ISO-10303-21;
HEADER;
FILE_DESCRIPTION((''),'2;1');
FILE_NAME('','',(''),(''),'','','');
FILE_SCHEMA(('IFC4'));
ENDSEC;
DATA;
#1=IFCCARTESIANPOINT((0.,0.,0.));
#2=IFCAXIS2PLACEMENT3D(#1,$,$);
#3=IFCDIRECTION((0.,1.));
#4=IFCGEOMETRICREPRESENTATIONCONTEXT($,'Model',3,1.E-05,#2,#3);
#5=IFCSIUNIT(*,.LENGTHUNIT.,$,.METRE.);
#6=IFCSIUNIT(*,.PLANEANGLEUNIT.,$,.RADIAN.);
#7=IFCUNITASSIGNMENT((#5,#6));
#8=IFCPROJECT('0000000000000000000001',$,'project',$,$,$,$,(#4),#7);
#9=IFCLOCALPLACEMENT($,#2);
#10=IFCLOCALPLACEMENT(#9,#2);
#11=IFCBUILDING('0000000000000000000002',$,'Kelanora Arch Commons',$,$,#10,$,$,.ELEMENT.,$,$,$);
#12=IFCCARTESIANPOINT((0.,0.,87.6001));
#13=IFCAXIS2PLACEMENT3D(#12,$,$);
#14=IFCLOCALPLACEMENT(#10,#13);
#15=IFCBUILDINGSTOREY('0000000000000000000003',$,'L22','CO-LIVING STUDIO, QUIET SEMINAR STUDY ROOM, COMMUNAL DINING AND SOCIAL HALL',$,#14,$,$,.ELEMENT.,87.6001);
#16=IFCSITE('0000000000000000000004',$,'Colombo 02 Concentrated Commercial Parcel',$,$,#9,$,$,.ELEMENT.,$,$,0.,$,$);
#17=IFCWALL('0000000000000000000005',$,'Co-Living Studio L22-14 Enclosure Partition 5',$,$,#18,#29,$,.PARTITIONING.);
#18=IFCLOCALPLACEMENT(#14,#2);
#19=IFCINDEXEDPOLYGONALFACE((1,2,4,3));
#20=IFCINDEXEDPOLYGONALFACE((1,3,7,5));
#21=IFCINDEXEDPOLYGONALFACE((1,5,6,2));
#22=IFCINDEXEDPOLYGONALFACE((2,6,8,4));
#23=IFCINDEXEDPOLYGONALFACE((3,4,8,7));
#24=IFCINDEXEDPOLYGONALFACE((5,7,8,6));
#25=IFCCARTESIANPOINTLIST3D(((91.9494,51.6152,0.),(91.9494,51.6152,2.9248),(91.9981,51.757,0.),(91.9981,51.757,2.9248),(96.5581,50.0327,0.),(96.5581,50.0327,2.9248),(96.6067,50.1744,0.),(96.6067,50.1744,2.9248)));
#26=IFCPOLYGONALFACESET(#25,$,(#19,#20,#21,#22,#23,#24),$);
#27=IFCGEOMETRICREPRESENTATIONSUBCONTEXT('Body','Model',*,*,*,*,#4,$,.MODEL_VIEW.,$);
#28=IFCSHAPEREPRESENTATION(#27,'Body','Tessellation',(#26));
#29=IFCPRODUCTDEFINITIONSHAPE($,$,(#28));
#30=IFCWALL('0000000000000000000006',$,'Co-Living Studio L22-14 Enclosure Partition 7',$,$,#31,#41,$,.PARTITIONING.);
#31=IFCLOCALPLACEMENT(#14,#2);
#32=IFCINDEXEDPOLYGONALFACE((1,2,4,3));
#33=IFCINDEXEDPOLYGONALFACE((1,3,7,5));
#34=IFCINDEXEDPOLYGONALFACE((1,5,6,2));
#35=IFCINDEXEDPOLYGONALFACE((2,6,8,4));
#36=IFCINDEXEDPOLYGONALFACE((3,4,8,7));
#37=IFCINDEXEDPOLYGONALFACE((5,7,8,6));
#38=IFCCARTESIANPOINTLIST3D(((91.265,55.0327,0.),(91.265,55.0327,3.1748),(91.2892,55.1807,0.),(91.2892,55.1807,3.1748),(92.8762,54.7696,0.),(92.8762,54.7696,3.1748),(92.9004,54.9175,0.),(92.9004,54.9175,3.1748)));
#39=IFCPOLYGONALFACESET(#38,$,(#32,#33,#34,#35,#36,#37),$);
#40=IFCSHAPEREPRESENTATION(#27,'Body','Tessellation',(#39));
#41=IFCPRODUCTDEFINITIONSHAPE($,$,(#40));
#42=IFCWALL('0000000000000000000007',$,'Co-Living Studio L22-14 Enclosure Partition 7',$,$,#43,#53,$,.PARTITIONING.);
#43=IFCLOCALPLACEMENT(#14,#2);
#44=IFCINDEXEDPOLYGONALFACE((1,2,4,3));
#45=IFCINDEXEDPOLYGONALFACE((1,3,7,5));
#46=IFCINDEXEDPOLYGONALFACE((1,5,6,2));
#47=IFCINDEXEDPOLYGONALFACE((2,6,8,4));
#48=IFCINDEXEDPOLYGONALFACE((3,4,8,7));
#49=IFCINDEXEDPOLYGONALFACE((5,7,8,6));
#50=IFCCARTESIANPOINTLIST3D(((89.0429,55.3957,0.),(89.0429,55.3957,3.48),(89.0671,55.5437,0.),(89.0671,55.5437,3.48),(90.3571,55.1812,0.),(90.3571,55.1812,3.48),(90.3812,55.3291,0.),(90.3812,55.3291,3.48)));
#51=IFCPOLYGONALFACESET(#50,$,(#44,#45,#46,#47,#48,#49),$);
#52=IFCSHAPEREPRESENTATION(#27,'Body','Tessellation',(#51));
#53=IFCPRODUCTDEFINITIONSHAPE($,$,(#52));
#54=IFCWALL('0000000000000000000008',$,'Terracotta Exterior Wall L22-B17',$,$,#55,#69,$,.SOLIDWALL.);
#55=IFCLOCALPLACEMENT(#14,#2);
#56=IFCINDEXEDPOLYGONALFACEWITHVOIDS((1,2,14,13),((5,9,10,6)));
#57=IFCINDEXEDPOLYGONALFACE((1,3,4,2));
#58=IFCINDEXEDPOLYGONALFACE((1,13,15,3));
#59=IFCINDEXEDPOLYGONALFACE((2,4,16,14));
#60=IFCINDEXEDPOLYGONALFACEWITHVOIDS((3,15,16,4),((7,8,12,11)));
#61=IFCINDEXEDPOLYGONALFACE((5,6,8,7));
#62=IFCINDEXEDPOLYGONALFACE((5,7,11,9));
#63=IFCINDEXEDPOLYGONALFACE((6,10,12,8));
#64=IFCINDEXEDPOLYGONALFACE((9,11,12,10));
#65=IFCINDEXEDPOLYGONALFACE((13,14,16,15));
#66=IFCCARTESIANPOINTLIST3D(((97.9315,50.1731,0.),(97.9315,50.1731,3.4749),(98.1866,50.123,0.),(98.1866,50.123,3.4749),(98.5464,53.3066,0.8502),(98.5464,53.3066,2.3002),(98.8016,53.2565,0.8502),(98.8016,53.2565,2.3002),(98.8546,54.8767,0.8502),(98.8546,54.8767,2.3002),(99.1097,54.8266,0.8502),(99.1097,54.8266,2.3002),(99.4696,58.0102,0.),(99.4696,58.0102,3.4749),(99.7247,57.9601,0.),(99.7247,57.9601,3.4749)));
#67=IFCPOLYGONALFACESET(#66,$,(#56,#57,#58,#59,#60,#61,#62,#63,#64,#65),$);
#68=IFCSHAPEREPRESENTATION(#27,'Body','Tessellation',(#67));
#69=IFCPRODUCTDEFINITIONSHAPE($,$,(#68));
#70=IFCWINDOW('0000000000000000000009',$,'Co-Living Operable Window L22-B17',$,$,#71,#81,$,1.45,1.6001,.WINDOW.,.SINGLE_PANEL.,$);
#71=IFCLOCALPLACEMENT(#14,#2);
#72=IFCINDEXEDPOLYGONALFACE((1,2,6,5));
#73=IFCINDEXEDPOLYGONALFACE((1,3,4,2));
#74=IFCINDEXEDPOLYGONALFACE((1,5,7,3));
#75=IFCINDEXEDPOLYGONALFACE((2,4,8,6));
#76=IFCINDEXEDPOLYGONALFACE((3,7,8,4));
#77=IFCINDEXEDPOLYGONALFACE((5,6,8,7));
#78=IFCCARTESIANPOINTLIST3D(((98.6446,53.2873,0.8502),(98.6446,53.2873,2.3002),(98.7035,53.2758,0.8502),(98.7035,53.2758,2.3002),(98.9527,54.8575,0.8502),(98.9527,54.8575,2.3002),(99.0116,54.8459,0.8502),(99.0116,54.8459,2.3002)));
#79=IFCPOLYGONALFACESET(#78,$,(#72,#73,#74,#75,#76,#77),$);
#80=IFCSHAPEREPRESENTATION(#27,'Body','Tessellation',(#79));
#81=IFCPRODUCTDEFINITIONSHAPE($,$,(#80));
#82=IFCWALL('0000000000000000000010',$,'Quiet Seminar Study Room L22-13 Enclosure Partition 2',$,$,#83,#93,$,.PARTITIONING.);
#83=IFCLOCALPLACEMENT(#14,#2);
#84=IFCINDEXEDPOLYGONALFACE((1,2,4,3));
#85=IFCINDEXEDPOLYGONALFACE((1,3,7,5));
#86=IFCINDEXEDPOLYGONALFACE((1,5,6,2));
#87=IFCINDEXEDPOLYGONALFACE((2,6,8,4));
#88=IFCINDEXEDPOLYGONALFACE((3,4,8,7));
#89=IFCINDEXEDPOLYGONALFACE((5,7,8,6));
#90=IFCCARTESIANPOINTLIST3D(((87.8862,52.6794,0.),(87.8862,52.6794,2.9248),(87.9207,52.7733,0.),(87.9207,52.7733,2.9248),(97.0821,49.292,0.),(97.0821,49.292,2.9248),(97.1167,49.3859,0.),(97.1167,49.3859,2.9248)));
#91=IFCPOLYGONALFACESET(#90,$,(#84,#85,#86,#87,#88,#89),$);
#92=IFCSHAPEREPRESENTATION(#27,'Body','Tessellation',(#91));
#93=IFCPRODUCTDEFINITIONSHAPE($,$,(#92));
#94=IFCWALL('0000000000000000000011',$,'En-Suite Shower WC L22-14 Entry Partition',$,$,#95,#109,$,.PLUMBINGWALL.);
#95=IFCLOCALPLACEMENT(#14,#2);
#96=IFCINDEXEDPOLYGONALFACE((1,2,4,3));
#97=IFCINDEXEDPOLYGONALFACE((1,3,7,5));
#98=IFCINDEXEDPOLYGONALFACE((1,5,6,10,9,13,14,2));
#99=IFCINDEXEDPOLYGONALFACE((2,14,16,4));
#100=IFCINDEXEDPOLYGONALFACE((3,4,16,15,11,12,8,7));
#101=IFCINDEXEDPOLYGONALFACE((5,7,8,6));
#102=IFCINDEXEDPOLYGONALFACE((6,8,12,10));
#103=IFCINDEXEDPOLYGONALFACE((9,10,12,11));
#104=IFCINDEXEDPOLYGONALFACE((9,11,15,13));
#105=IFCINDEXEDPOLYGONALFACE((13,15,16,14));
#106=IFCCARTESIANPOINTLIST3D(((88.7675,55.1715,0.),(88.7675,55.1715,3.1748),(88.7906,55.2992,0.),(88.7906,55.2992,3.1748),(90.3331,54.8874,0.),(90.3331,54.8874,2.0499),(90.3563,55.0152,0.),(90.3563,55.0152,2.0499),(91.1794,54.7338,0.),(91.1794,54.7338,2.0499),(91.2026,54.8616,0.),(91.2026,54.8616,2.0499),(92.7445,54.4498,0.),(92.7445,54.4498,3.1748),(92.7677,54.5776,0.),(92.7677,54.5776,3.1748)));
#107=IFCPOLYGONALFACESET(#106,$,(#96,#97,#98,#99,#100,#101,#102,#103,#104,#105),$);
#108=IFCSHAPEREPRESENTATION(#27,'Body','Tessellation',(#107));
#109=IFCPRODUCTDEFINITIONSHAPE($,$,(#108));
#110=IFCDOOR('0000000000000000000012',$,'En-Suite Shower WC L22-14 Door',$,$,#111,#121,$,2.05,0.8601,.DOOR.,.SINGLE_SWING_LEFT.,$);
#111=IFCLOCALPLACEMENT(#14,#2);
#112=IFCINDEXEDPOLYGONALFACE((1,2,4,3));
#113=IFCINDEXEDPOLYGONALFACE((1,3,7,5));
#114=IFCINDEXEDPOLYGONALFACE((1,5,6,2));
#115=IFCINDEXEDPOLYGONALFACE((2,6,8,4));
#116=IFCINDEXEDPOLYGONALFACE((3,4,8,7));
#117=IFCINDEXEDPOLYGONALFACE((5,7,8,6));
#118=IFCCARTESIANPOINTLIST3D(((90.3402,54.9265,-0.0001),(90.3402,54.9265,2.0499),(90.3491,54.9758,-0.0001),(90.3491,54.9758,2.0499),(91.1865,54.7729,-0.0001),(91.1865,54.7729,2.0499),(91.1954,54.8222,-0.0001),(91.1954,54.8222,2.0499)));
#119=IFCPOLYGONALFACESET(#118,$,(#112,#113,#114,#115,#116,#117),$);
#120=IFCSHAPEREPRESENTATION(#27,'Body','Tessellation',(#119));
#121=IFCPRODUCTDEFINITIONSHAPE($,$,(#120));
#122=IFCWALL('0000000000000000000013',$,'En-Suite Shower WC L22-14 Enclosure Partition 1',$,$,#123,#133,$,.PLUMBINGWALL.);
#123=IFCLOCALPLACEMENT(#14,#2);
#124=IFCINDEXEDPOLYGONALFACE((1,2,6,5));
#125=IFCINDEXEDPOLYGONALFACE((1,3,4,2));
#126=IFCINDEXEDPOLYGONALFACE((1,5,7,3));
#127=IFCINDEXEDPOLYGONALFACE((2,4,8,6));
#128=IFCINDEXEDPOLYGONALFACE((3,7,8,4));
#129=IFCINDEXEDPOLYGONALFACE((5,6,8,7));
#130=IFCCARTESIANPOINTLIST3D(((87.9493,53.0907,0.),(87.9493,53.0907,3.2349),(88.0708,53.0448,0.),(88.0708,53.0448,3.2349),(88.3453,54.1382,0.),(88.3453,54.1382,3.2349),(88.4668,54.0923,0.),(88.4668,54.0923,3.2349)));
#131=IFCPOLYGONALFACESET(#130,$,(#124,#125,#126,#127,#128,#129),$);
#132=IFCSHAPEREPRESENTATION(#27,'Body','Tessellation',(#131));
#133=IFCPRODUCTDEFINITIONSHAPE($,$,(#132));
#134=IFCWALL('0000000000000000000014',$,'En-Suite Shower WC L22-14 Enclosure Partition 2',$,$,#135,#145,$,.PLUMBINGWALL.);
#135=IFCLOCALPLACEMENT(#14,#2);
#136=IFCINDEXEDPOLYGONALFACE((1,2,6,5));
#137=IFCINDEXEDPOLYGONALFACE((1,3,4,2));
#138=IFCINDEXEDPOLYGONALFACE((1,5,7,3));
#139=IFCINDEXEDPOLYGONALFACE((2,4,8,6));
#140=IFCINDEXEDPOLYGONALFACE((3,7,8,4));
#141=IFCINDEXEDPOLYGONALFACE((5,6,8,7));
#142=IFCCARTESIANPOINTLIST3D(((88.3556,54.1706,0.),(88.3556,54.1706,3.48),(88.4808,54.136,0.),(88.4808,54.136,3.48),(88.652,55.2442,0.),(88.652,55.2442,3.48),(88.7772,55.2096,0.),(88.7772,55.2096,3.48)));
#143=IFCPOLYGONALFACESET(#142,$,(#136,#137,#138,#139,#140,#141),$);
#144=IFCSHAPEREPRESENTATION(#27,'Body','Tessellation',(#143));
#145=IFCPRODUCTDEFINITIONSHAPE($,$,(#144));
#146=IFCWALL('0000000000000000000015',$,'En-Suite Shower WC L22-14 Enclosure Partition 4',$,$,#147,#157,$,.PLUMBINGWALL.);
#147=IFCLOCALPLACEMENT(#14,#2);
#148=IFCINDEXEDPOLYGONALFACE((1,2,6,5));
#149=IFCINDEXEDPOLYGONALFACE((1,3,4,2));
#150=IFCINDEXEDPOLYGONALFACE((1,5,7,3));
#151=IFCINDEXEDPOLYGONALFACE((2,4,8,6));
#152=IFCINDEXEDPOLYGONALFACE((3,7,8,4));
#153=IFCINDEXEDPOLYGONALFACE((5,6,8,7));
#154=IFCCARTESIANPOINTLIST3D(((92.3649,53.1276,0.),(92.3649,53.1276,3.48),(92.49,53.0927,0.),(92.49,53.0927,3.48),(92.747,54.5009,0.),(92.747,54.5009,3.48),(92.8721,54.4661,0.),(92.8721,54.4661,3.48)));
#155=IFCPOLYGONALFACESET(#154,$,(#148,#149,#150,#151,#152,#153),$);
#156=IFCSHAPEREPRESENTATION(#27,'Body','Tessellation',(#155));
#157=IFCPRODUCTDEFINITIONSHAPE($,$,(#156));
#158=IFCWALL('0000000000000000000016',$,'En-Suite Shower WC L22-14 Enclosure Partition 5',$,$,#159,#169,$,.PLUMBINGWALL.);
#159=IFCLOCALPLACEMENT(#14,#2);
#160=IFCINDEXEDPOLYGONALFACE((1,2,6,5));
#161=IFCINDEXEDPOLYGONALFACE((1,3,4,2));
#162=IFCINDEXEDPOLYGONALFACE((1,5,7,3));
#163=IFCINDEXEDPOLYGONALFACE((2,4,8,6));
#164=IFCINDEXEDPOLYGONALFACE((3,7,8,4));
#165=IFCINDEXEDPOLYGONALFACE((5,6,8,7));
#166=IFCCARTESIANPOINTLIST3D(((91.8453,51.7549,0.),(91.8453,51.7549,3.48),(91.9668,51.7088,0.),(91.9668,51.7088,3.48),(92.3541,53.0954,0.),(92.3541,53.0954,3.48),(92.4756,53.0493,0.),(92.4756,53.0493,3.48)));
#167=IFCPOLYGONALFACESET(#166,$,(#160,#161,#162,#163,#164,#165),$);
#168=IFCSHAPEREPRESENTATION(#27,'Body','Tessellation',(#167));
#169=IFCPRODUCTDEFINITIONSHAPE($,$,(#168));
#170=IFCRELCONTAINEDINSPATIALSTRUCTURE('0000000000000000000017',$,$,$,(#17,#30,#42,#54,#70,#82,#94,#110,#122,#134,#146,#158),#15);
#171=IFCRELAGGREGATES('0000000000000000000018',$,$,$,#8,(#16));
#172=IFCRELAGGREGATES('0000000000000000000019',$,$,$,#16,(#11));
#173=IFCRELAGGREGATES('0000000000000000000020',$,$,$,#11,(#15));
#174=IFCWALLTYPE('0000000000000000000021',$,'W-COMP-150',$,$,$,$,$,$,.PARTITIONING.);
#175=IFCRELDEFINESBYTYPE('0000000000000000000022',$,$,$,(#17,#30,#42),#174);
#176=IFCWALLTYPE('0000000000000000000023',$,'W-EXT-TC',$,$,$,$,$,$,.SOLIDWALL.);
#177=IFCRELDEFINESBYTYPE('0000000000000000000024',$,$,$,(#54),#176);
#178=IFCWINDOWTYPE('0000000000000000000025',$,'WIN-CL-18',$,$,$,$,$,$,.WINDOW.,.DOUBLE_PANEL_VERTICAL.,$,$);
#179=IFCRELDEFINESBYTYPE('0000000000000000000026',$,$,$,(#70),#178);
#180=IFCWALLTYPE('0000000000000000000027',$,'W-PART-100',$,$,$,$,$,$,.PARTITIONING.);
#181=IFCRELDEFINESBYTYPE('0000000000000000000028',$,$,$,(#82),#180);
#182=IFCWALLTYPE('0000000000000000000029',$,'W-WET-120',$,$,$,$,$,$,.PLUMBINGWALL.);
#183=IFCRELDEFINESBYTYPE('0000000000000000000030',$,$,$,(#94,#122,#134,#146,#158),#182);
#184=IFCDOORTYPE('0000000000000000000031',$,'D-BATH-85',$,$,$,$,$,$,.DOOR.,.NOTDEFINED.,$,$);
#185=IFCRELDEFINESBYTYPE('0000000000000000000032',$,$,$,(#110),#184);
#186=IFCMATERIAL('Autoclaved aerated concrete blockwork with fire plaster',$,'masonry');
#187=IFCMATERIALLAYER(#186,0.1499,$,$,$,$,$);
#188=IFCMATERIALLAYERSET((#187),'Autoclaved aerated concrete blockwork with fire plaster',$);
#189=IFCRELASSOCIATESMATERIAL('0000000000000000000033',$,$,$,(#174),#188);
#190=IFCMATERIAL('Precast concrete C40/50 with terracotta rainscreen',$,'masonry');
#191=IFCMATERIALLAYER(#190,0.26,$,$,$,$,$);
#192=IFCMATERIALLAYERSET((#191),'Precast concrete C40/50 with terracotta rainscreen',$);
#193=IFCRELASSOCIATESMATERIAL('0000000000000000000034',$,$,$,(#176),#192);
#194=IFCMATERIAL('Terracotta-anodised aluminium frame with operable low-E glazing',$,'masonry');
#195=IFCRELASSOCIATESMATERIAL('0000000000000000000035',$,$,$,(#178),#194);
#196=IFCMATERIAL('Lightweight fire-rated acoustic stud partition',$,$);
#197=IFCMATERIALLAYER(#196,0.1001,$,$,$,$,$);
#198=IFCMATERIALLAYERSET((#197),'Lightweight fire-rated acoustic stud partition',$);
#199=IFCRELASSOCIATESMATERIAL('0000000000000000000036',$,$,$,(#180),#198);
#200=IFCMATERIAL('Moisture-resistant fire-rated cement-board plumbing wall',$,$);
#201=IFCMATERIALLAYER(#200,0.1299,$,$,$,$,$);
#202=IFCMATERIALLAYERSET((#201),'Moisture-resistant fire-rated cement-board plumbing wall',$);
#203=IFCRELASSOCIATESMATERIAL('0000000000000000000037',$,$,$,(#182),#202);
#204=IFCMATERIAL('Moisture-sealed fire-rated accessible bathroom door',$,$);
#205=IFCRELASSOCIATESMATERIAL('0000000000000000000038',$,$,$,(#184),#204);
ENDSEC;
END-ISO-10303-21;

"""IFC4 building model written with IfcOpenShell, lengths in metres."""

from ifc_helpers import new_model, si_unit, direction, frame, frame_2d, origin, place, context, subcontext, project, spatial, rectangle, extrude, material, layer, layer_set, type_object, element, fill, save


model = new_model("IFC4")

# Units and contexts
model_context = context("Model", 3, precision=1e-05, world=origin(), true_north=direction((0.0, 1.0)))
body_context = subcontext(model_context, "Body", "Model", "MODEL_VIEW")
ifc_project = project(units=[si_unit("LENGTHUNIT", "METRE"), si_unit("PLANEANGLEUNIT", "RADIAN")], contexts=[model_context])

# Site, building, storey
site_placement = place(None, origin())
site = spatial("IfcSite", under=ifc_project, at=site_placement, Name="Colombo 02 Concentrated Commercial Parcel", CompositionType="ELEMENT", RefElevation=0.0)
building_placement = place(site_placement, origin())
building = spatial("IfcBuilding", under=site, at=building_placement, Name="Kelanora Arch Commons", CompositionType="ELEMENT")
storey_placement = place(building_placement, frame((0.0, 0.0, 87.6001)))
storey = spatial("IfcBuildingStorey", under=building, at=storey_placement, Name="L22", Description="CO-LIVING STUDIO, QUIET SEMINAR STUDY ROOM, COMMUNAL DINING AND SOCIAL HALL", CompositionType="ELEMENT", Elevation=87.6001)

# Shared definitions
ifc_material_1 = material(Name="Autoclaved aerated concrete blockwork with fire plaster", Category="masonry")
ifc_layer_1 = layer(ifc_material_1, 0.1499)
ifc_layer_set_1 = layer_set([ifc_layer_1], Name="Autoclaved aerated concrete blockwork with fire plaster")
wall_type_1 = type_object("IfcWallType", Name="W-COMP-150", PredefinedType="PARTITIONING", material=ifc_layer_set_1)

# Walls
wall_1_placement = place(storey_placement, frame((96.5825, 50.1035, 0.0), z_axis=(0.0, 0.0, 1.0), x_axis=(-0.945794, 0.324767, 0.0)))
element("IfcWall", 1, at=wall_1_placement, inside=storey, type_object=wall_type_1, Name="Co-Living Studio L22-14 Enclosure Partition 5", PredefinedType="PARTITIONING", context=body_context, shape_type="SweptSolid", body=[
    extrude(rectangle(XDim=4.8728, YDim=0.1499, at=frame_2d((2.4365, 0.0))), origin(), (0.0, 0.0, 1.0), 2.9248),
])
wall_2_placement = place(storey_placement, frame((92.8884, 54.8435, 0.0), z_axis=(0.0, 0.0, 1.0), x_axis=(-0.986922, 0.161197, 0.0)))
element("IfcWall", 2, at=wall_2_placement, inside=storey, type_object=wall_type_1, Name="Co-Living Studio L22-14 Enclosure Partition 7", PredefinedType="PARTITIONING", context=body_context, shape_type="SweptSolid", body=[
    extrude(rectangle(XDim=1.6326, YDim=0.1499, at=frame_2d((0.8164, 0.0))), origin(), (0.0, 0.0, 1.0), 3.1748),
])
wall_3_placement = place(storey_placement, frame((90.3691, 55.2551, 0.0), z_axis=(0.0, 0.0, 1.0), x_axis=(-0.986929, 0.161157, 0.0)))
element("IfcWall", 3, at=wall_3_placement, inside=storey, type_object=wall_type_1, Name="Co-Living Studio L22-14 Enclosure Partition 7", PredefinedType="PARTITIONING", context=body_context, shape_type="SweptSolid", body=[
    extrude(rectangle(XDim=1.3315, YDim=0.1499, at=frame_2d((0.6658, 0.0))), origin(), (0.0, 0.0, 1.0), 3.48),
])

# Wall, opening, window
ifc_material_2 = material(Name="Precast concrete C40/50 with terracotta rainscreen", Category="masonry")
ifc_layer_2 = layer(ifc_material_2, 0.26)
ifc_layer_set_2 = layer_set([ifc_layer_2], Name="Precast concrete C40/50 with terracotta rainscreen")
wall_type_2 = type_object("IfcWallType", Name="W-EXT-TC", PredefinedType="SOLIDWALL", material=ifc_layer_set_2)
wall_4_placement = place(storey_placement, frame((98.0591, 50.1482, 0.0), z_axis=(0.0, 0.0, 1.0), x_axis=(0.192582, 0.981281, 0.0)))
wall_4 = element("IfcWall", 4, at=wall_4_placement, inside=storey, type_object=wall_type_2, Name="Terracotta Exterior Wall L22-B17", PredefinedType="SOLIDWALL", context=body_context, shape_type="SweptSolid", body=[
    extrude(rectangle(XDim=7.9866, YDim=0.26, at=frame_2d((3.9932, 0.0))), origin(), (0.0, 0.0, 1.0), 3.4749),
])
opening_1_placement = place(wall_4_placement, frame((3.1931, 0.0, 0.8501)))
opening_1 = element("IfcOpeningElement", 5, at=opening_1_placement, cuts=wall_4, PredefinedType="OPENING", context=body_context, shape_type="SweptSolid", body=[
    extrude(rectangle(XDim=1.6001, YDim=1.45, at=frame_2d((0.8, 0.7251))), frame((0.0, 0.1401, 0.0), z_axis=(0.0, -1.0, 0.0), x_axis=(1.0, 0.0, 0.0)), (0.0, 0.0, 1.0), 0.28),
])
ifc_material_3 = material(Name="Terracotta-anodised aluminium frame with operable low-E glazing", Category="masonry")
window_type = type_object("IfcWindowType", Name="WIN-CL-18", PartitioningType="DOUBLE_PANEL_VERTICAL", PredefinedType="WINDOW", material=ifc_material_3)
window_placement = place(opening_1_placement, origin())
window = element("IfcWindow", 6, at=window_placement, inside=storey, type_object=window_type, Name="Co-Living Operable Window L22-B17", OverallHeight=1.45, OverallWidth=1.6001, PartitioningType="SINGLE_PANEL", PredefinedType="WINDOW", context=body_context, shape_type="SweptSolid", body=[
    extrude(rectangle(XDim=1.6001, YDim=1.45, at=frame_2d((0.8, 0.7251))), frame((0.0, 0.03, 0.0), z_axis=(0.0, -1.0, 0.0), x_axis=(1.0, 0.0, 0.0)), (0.0, 0.0, 1.0), 0.0601),
])
fill(opening_1, window)

# Wall
ifc_material_4 = material(Name="Lightweight fire-rated acoustic stud partition")
ifc_layer_3 = layer(ifc_material_4, 0.1001)
ifc_layer_set_3 = layer_set([ifc_layer_3], Name="Lightweight fire-rated acoustic stud partition")
wall_type_3 = type_object("IfcWallType", Name="W-PART-100", PredefinedType="PARTITIONING", material=ifc_layer_set_3)
wall_5_placement = place(storey_placement, frame((87.9036, 52.7263, 0.0), z_axis=(0.0, 0.0, 1.0), x_axis=(0.938362, -0.345655, 0.0)))
element("IfcWall", 7, at=wall_5_placement, inside=storey, type_object=wall_type_3, Name="Quiet Seminar Study Room L22-13 Enclosure Partition 2", PredefinedType="PARTITIONING", context=body_context, shape_type="SweptSolid", body=[
    extrude(rectangle(XDim=9.8, YDim=0.1001, at=frame_2d((4.8999, 0.0))), origin(), (0.0, 0.0, 1.0), 2.9248),
])

# Wall, opening, door
ifc_material_5 = material(Name="Moisture-resistant fire-rated cement-board plumbing wall")
ifc_layer_4 = layer(ifc_material_5, 0.1299)
ifc_layer_set_4 = layer_set([ifc_layer_4], Name="Moisture-resistant fire-rated cement-board plumbing wall")
wall_type_4 = type_object("IfcWallType", Name="W-WET-120", PredefinedType="PLUMBINGWALL", material=ifc_layer_set_4)
wall_6_placement = place(storey_placement, frame((88.7791, 55.2354, 0.0), z_axis=(0.0, 0.0, 1.0), x_axis=(0.983932, -0.178545, 0.0)))
wall_6 = element("IfcWall", 8, at=wall_6_placement, inside=storey, type_object=wall_type_4, Name="En-Suite Shower WC L22-14 Entry Partition", PredefinedType="PLUMBINGWALL", context=body_context, shape_type="SweptSolid", body=[
    extrude(rectangle(XDim=4.042, YDim=0.1299, at=frame_2d((2.021, 0.0))), origin(), (0.0, 0.0, 1.0), 3.1748),
])
opening_2_placement = place(wall_6_placement, frame((1.5911, 0.0, 0.0)))
opening_2 = element("IfcOpeningElement", 9, at=opening_2_placement, cuts=wall_6, PredefinedType="OPENING", context=body_context, shape_type="SweptSolid", body=[
    extrude(rectangle(XDim=0.8601, YDim=2.05, at=frame_2d((0.4302, 1.0249))), frame((0.0, 0.075, 0.0), z_axis=(0.0, -1.0, 0.0), x_axis=(1.0, 0.0, 0.0)), (0.0, 0.0, 1.0), 0.1499),
])
ifc_material_6 = material(Name="Moisture-sealed fire-rated accessible bathroom door")
door_type_1 = type_object("IfcDoorType", Name="D-BATH-85", OperationType="NOTDEFINED", PredefinedType="DOOR", material=ifc_material_6)
door_1_placement = place(opening_2_placement, origin())
door_1 = element("IfcDoor", 10, at=door_1_placement, inside=storey, type_object=door_type_1, Name="En-Suite Shower WC L22-14 Door", OperationType="SINGLE_SWING_LEFT", OverallHeight=2.05, OverallWidth=0.8601, PredefinedType="DOOR", context=body_context, shape_type="SweptSolid", body=[
    extrude(rectangle(XDim=0.8601, YDim=2.05, at=frame_2d((0.4302, 1.0249))), frame((0.0, 0.0249, 0.0), z_axis=(0.0, -1.0, 0.0), x_axis=(1.0, 0.0, 0.0)), (0.0, 0.0, 1.0), 0.05),
])
fill(opening_2, door_1)

# Walls
wall_7_placement = place(storey_placement, frame((88.01, 53.0676, 0.0), z_axis=(0.0, 0.0, 1.0), x_axis=(0.353583, 0.935403, 0.0)))
element("IfcWall", 11, at=wall_7_placement, inside=storey, type_object=wall_type_4, Name="En-Suite Shower WC L22-14 Enclosure Partition 1", PredefinedType="PLUMBINGWALL", context=body_context, shape_type="SweptSolid", body=[
    extrude(rectangle(XDim=1.1199, YDim=0.1299, at=frame_2d((0.5601, 0.0))), origin(), (0.0, 0.0, 1.0), 3.2349),
])
wall_8_placement = place(storey_placement, frame((88.4182, 54.1533, 0.0), z_axis=(0.0, 0.0, 1.0), x_axis=(0.26614, 0.963934, 0.0)))
element("IfcWall", 12, at=wall_8_placement, inside=storey, type_object=wall_type_4, Name="En-Suite Shower WC L22-14 Enclosure Partition 2", PredefinedType="PLUMBINGWALL", context=body_context, shape_type="SweptSolid", body=[
    extrude(rectangle(XDim=1.1138, YDim=0.1299, at=frame_2d((0.5569, 0.0))), origin(), (0.0, 0.0, 1.0), 3.48),
])
wall_9_placement = place(storey_placement, frame((92.8096, 54.4836, 0.0), z_axis=(0.0, 0.0, 1.0), x_axis=(-0.268041, -0.963407, 0.0)))
element("IfcWall", 13, at=wall_9_placement, inside=storey, type_object=wall_type_4, Name="En-Suite Shower WC L22-14 Enclosure Partition 4", PredefinedType="PLUMBINGWALL", context=body_context, shape_type="SweptSolid", body=[
    extrude(rectangle(XDim=1.4255, YDim=0.1299, at=frame_2d((0.7129, 0.0))), origin(), (0.0, 0.0, 1.0), 3.48),
])
wall_10_placement = place(storey_placement, frame((92.4148, 53.0723, 0.0), z_axis=(0.0, 0.0, 1.0), x_axis=(-0.354834, -0.934929, 0.0)))
element("IfcWall", 14, at=wall_10_placement, inside=storey, type_object=wall_type_4, Name="En-Suite Shower WC L22-14 Enclosure Partition 5", PredefinedType="PLUMBINGWALL", context=body_context, shape_type="SweptSolid", body=[
    extrude(rectangle(XDim=1.4338, YDim=0.1299, at=frame_2d((0.7168, 0.0))), origin(), (0.0, 0.0, 1.0), 3.48),
])

save(model, "model.ifc")
